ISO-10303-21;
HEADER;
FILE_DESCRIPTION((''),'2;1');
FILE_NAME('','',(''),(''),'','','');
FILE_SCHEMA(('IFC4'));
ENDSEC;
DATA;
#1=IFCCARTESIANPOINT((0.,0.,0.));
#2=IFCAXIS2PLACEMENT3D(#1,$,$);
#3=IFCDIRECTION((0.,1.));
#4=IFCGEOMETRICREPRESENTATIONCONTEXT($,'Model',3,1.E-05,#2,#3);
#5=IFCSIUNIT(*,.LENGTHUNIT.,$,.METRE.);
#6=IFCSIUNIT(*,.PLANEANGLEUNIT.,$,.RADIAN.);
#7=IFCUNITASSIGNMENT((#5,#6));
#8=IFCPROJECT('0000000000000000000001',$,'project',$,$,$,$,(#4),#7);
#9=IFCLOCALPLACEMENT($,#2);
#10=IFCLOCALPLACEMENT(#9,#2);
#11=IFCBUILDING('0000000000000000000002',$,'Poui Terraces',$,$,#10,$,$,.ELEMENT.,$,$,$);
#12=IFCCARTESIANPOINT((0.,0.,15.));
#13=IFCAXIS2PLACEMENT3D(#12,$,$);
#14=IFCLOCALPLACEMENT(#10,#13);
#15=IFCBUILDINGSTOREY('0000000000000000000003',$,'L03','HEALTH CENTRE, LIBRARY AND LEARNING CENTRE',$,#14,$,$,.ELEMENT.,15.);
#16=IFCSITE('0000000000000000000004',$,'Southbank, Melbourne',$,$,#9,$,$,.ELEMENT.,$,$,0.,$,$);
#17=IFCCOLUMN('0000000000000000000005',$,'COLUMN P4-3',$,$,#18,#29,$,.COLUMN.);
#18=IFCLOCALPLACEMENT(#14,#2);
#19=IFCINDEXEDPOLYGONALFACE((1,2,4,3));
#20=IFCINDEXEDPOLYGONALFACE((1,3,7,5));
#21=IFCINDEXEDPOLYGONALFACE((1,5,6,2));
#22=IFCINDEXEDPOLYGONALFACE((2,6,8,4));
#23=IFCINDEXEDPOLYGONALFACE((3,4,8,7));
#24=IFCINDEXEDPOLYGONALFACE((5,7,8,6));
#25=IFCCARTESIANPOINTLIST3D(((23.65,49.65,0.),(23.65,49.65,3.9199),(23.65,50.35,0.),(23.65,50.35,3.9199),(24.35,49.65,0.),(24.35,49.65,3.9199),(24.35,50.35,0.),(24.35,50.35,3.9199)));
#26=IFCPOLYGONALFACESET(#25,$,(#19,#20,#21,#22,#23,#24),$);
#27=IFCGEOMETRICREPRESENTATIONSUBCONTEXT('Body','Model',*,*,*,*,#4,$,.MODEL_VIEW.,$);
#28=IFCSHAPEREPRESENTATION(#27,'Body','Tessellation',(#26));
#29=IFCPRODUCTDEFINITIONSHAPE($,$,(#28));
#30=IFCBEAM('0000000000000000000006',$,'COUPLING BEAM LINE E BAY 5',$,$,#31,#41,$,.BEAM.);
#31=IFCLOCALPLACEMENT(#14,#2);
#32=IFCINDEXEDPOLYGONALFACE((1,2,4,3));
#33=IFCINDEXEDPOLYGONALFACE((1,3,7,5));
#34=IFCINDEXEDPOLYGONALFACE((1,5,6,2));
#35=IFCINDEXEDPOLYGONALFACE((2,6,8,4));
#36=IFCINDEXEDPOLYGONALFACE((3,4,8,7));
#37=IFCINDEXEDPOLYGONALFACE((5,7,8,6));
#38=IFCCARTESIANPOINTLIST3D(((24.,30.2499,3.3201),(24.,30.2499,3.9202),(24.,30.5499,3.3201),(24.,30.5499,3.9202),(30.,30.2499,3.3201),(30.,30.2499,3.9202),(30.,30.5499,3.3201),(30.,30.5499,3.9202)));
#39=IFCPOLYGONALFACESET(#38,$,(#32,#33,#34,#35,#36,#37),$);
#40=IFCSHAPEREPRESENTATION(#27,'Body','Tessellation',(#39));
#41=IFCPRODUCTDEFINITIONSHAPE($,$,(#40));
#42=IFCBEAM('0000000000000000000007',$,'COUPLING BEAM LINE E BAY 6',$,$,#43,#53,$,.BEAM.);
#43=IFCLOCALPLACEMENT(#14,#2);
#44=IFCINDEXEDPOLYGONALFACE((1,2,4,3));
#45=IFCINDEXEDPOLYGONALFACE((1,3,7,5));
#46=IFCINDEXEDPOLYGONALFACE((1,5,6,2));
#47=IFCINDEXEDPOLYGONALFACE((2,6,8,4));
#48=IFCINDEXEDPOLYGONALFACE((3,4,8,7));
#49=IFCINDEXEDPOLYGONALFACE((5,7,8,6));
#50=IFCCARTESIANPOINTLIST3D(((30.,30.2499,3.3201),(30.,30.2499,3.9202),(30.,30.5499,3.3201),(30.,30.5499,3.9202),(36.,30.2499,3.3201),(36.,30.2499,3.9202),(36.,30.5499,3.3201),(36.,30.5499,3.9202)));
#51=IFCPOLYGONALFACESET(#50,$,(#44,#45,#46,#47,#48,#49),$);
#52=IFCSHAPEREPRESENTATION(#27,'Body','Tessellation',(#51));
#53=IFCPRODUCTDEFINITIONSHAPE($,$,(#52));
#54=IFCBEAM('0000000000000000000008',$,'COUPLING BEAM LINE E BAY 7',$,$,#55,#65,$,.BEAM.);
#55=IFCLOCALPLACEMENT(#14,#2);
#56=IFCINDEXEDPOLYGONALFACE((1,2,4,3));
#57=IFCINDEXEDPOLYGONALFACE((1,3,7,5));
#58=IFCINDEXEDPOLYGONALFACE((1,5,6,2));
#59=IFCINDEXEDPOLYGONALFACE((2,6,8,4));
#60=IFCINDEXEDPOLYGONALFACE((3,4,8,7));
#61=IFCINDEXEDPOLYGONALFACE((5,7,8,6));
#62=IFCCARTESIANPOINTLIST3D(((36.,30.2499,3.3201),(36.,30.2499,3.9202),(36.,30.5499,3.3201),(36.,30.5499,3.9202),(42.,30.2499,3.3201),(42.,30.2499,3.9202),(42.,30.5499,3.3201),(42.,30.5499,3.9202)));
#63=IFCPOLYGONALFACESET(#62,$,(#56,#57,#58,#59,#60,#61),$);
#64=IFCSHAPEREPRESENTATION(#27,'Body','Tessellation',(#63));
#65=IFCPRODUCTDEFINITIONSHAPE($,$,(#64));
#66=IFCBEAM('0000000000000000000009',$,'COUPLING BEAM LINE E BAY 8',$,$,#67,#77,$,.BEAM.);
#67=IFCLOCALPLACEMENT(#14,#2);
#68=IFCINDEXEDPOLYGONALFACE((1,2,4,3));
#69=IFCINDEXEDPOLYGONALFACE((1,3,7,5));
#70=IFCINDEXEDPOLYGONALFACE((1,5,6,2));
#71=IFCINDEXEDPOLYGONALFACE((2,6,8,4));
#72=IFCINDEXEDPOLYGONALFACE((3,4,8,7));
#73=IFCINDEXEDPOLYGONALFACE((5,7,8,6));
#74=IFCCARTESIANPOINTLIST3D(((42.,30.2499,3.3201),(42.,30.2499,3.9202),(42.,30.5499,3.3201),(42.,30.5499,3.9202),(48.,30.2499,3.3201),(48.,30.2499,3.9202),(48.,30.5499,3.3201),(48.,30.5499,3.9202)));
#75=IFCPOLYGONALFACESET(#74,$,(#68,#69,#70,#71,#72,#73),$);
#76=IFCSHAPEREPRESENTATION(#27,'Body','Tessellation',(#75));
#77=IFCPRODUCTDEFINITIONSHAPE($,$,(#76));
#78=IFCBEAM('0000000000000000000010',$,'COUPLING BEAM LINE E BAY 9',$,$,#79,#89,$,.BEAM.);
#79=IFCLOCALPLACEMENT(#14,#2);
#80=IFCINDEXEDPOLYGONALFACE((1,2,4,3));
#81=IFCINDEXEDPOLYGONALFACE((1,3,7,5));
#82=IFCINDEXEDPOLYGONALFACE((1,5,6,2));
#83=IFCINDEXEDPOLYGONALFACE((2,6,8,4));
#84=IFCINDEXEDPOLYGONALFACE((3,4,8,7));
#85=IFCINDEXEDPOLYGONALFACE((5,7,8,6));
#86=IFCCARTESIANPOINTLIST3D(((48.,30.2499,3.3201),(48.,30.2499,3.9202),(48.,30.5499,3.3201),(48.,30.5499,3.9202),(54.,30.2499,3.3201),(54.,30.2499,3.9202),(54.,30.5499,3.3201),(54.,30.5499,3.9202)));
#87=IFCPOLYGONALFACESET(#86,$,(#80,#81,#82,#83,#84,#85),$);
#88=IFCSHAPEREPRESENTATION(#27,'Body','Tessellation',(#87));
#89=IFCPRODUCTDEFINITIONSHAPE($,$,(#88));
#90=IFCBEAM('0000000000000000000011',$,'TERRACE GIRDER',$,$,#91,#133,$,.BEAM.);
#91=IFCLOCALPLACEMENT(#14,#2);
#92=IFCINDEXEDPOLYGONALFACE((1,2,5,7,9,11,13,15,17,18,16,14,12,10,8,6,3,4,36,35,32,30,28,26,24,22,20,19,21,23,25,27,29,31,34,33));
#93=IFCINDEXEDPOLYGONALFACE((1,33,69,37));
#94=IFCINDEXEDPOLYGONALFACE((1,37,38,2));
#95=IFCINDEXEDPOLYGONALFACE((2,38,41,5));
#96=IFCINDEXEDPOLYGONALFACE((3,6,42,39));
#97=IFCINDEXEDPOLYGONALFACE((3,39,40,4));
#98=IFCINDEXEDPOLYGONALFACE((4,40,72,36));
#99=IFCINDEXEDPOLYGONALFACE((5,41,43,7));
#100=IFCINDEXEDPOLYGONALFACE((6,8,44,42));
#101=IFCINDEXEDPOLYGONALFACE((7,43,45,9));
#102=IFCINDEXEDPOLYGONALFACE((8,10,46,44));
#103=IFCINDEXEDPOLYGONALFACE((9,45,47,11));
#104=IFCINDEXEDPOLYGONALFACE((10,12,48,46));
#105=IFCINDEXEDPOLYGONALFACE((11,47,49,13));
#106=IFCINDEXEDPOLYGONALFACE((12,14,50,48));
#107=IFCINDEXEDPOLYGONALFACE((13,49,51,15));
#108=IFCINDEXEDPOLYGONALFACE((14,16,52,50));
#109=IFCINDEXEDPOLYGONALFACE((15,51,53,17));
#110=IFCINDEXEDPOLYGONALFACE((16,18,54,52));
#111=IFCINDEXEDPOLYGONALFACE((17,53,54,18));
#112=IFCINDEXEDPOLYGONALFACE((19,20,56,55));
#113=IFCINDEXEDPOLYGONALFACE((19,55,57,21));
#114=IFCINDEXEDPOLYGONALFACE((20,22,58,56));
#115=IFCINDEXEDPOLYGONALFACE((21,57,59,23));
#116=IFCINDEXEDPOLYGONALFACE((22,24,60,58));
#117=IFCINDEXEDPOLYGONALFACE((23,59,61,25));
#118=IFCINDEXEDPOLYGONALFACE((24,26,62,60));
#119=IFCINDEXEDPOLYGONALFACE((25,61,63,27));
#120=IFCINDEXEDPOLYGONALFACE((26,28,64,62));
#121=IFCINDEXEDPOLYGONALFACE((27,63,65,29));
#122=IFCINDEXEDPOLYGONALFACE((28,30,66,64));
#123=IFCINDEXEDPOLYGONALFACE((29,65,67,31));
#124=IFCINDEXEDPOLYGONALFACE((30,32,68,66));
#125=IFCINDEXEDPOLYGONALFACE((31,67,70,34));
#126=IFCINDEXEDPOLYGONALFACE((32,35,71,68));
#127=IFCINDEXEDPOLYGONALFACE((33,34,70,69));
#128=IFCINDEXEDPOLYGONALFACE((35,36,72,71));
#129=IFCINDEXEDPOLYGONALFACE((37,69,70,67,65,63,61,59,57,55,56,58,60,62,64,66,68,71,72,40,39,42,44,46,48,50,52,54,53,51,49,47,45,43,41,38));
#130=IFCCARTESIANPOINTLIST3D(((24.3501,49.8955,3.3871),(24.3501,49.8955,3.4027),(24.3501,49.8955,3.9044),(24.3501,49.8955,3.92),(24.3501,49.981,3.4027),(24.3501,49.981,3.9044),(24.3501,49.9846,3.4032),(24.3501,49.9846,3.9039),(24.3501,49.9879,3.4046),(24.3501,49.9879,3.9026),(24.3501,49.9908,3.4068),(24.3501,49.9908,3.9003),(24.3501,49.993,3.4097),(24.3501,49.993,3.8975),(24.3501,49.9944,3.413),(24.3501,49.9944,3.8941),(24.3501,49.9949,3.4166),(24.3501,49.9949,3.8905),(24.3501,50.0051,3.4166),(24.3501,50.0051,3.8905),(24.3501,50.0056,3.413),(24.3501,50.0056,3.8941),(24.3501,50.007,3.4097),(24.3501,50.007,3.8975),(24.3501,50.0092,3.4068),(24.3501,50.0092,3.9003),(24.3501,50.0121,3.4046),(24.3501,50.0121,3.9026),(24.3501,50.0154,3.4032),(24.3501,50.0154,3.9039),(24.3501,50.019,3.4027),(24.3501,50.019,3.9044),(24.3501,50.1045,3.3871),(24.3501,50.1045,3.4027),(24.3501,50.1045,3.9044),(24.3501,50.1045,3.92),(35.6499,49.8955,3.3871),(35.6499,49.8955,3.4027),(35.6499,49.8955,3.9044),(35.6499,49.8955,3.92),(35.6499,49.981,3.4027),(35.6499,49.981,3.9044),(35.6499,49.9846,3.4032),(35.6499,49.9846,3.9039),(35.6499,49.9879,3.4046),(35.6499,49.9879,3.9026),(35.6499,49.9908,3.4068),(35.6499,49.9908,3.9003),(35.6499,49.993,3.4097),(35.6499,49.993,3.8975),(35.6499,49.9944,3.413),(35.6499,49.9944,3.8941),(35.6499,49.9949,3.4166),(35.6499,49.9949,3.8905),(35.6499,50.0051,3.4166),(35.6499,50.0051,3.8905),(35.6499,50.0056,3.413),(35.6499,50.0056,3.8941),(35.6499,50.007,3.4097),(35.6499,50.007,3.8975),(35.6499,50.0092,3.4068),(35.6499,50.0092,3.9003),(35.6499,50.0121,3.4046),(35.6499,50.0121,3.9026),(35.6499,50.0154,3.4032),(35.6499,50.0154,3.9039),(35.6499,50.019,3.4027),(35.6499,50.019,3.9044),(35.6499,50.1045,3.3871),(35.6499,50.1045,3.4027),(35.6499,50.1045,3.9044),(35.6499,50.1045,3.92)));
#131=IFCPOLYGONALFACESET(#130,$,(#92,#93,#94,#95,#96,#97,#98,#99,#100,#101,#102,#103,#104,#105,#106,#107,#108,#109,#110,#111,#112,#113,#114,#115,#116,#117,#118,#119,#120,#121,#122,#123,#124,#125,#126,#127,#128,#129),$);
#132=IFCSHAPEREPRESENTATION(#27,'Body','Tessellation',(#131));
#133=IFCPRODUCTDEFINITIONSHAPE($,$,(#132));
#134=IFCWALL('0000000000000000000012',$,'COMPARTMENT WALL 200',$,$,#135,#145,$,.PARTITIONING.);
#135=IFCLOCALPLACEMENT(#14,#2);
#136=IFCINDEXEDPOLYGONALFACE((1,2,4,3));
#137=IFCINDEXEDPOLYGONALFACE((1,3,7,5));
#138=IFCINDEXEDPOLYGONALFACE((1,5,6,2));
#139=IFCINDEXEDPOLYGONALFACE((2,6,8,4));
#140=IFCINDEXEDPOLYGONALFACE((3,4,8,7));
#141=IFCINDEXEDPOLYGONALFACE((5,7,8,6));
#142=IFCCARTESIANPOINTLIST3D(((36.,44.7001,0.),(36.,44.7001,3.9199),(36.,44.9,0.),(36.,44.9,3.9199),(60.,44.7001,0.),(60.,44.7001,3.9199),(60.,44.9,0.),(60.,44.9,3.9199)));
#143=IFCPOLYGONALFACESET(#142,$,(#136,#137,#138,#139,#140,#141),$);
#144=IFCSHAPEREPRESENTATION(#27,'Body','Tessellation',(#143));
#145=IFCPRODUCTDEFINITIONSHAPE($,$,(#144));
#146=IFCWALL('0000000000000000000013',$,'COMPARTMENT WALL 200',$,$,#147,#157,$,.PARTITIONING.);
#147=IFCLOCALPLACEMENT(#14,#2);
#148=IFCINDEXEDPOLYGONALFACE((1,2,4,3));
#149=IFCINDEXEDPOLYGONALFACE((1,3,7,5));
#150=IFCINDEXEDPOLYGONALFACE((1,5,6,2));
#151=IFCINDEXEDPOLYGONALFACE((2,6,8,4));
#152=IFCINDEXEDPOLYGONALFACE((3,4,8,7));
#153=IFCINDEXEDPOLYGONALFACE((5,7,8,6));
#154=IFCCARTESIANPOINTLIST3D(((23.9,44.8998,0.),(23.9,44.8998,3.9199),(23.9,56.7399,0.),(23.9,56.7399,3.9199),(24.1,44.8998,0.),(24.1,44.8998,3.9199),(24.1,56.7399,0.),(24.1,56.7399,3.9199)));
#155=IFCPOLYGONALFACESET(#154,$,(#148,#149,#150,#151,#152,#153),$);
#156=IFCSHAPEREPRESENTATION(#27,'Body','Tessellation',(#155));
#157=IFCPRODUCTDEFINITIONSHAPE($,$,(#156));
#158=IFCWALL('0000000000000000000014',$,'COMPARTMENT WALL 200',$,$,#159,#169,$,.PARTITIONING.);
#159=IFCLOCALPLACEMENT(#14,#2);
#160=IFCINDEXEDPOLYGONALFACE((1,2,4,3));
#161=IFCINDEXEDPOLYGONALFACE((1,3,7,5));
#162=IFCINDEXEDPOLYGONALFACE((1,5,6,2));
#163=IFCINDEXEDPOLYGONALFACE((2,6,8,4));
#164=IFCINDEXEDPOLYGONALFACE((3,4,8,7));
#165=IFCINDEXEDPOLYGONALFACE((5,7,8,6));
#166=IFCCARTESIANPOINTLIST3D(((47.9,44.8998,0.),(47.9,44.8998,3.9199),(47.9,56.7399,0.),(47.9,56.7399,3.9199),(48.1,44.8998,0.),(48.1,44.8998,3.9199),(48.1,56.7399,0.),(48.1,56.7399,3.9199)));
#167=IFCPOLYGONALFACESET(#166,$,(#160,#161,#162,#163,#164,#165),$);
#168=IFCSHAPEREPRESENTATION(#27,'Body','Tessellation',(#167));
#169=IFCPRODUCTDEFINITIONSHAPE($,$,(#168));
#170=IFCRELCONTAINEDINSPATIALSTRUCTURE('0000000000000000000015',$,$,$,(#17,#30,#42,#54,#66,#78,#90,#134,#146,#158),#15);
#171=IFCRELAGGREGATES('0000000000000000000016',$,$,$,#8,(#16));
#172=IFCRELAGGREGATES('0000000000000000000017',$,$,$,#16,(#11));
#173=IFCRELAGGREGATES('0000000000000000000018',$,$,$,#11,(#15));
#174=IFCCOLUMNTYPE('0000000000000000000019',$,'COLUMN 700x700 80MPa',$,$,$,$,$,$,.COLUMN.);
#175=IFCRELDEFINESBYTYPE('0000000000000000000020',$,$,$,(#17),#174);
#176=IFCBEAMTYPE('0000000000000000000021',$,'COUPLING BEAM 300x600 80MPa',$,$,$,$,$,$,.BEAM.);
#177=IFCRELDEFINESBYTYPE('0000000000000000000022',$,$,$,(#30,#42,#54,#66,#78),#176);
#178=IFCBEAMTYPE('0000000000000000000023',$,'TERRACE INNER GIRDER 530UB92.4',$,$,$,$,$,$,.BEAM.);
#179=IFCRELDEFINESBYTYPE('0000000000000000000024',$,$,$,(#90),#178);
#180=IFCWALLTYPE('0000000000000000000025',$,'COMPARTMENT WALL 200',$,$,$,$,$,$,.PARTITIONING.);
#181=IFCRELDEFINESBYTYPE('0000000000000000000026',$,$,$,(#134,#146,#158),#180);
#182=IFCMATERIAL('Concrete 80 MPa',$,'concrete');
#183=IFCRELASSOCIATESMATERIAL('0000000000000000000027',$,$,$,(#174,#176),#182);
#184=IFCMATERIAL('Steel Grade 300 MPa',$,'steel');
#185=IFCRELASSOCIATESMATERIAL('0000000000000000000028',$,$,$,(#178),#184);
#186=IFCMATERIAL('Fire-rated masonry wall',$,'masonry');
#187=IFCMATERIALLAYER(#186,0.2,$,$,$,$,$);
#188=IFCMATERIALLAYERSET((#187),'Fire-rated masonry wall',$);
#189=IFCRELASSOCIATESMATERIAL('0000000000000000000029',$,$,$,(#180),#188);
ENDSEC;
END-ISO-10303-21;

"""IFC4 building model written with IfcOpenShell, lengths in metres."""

from ifc_helpers import new_model, si_unit, direction, frame, frame_2d, origin, origin_2d, place, context, subcontext, project, spatial, rectangle, i_section, extrude, source, transform, mapped, material, layer, layer_set, material_profile, profile_set, type_object, element, save


model = new_model("IFC4")

# Units and contexts
model_context = context("Model", 3, precision=1e-05, world=origin(), true_north=direction((0.0, 1.0)))
body_context = subcontext(model_context, "Body", "Model", "MODEL_VIEW")
ifc_project = project(units=[si_unit("LENGTHUNIT", "METRE"), si_unit("PLANEANGLEUNIT", "RADIAN")], contexts=[model_context])

# Site, building, storey
site_placement = place(None, origin())
site = spatial("IfcSite", under=ifc_project, at=site_placement, Name="Southbank, Melbourne", CompositionType="ELEMENT", RefElevation=0.0)
building_placement = place(site_placement, origin())
building = spatial("IfcBuilding", under=site, at=building_placement, Name="Poui Terraces", CompositionType="ELEMENT")
storey_placement = place(building_placement, frame((0.0, 0.0, 15.0)))
storey = spatial("IfcBuildingStorey", under=building, at=storey_placement, Name="L03", Description="HEALTH CENTRE, LIBRARY AND LEARNING CENTRE", CompositionType="ELEMENT", Elevation=15.0)

# Column
ifc_material_1 = material(Name="Concrete 80 MPa", Category="concrete")
ifc_material_profile_1 = material_profile(ifc_material_1, rectangle(XDim=0.7, YDim=0.7, at=origin_2d()), Name="RC 700x700")
ifc_profile_set_1 = profile_set([ifc_material_profile_1], Name="Concrete 80 MPa")
column_type = type_object("IfcColumnType", Name="COLUMN 700x700 80MPa", PredefinedType="COLUMN", material=ifc_profile_set_1)
shared_shape_1 = source(origin(), body_context, "Body", "SweptSolid", [
    extrude(rectangle(XDim=0.7, YDim=0.7, at=origin_2d()), origin(), (0.0, 0.0, 1.0), 3.9199),
])
column_placement = place(storey_placement, frame((24.0, 50.0, 0.0), z_axis=(0.0, 0.0, 1.0), x_axis=(1.0, 0.0, 0.0)))
element("IfcColumn", 1, at=column_placement, inside=storey, type_object=column_type, Name="COLUMN P4-3", PredefinedType="COLUMN", context=body_context, shape_type="MappedRepresentation", body=[
    mapped(shared_shape_1, transform((0.0, 0.0, 0.0))),
])

# Beams
ifc_material_profile_2 = material_profile(ifc_material_1, rectangle(XDim=0.3, YDim=0.6001, at=origin_2d()), Name="RC 300x600")
ifc_profile_set_2 = profile_set([ifc_material_profile_2], Name="Concrete 80 MPa")
beam_type_1 = type_object("IfcBeamType", Name="COUPLING BEAM 300x600 80MPa", PredefinedType="BEAM", material=ifc_profile_set_2)
shared_shape_2 = source(origin(), body_context, "Body", "SweptSolid", [
    extrude(rectangle(XDim=0.3, YDim=0.6001, at=origin_2d()), origin(), (0.0, 0.0, 1.0), 6.0),
])
for number, where, z_axis, x_axis, name in (
    (2, (24.0, 30.3999, 3.6201), (1.0, 0.0, 0.0), (0.0, 1.0, 0.0), "COUPLING BEAM LINE E BAY 5"),
    (3, (30.0, 30.3999, 3.6201), (1.0, 0.0, 0.0), (0.0, 1.0, 0.0), "COUPLING BEAM LINE E BAY 6"),
    (4, (36.0, 30.3999, 3.6201), (1.0, 0.0, 0.0), (0.0, 1.0, 0.0), "COUPLING BEAM LINE E BAY 7"),
    (5, (42.0, 30.3999, 3.6201), (1.0, 0.0, 0.0), (0.0, 1.0, 0.0), "COUPLING BEAM LINE E BAY 8"),
    (6, (48.0, 30.3999, 3.6201), (1.0, 0.0, 0.0), (0.0, 1.0, 0.0), "COUPLING BEAM LINE E BAY 9"),
):
    element("IfcBeam", number, at=place(storey_placement, frame(where, z_axis=z_axis, x_axis=x_axis)), inside=storey, type_object=beam_type_1, Name=name, PredefinedType="BEAM", context=body_context, shape_type="MappedRepresentation", body=[
        mapped(shared_shape_2, transform((0.0, 0.0, 0.0))),
    ])
ifc_material_2 = material(Name="Steel Grade 300 MPa", Category="steel")
ifc_material_profile_3 = material_profile(ifc_material_2, i_section(OverallWidth=0.209, OverallDepth=0.533, WebThickness=0.0103, FlangeThickness=0.0156, FilletRadius=0.0139, at=origin_2d()), Name="530UB92.4")
ifc_profile_set_3 = profile_set([ifc_material_profile_3], Name="Steel Grade 300 MPa")
beam_type_2 = type_object("IfcBeamType", Name="TERRACE INNER GIRDER 530UB92.4", PredefinedType="BEAM", material=ifc_profile_set_3)
shared_shape_3 = source(origin(), body_context, "Body", "SweptSolid", [
    extrude(i_section(OverallWidth=0.209, OverallDepth=0.533, WebThickness=0.0103, FlangeThickness=0.0156, FilletRadius=0.0139, at=origin_2d()), origin(), (0.0, 0.0, 1.0), 11.2998),
])
beam_placement = place(storey_placement, frame((24.3501, 50.0, 3.6536), z_axis=(1.0, 0.0, 0.0), x_axis=(0.0, 1.0, 0.0)))
element("IfcBeam", 7, at=beam_placement, inside=storey, type_object=beam_type_2, Name="TERRACE GIRDER", PredefinedType="BEAM", context=body_context, shape_type="MappedRepresentation", body=[
    mapped(shared_shape_3, transform((0.0, 0.0, 0.0))),
])

# Walls
ifc_material_3 = material(Name="Fire-rated masonry wall", Category="masonry")
ifc_layer_1 = layer(ifc_material_3, 0.2)
ifc_layer_set_1 = layer_set([ifc_layer_1], Name="Fire-rated masonry wall")
wall_type_1 = type_object("IfcWallType", Name="COMPARTMENT WALL 200", PredefinedType="PARTITIONING", material=ifc_layer_set_1)
wall_1_placement = place(storey_placement, frame((36.0, 44.8, 0.0), z_axis=(0.0, 0.0, 1.0), x_axis=(1.0, 0.0, 0.0)))
element("IfcWall", 8, at=wall_1_placement, inside=storey, type_object=wall_type_1, Name="COMPARTMENT WALL 200", PredefinedType="PARTITIONING", context=body_context, shape_type="SweptSolid", body=[
    extrude(rectangle(XDim=24.0, YDim=0.2, at=frame_2d((12.0, 0.0))), origin(), (0.0, 0.0, 1.0), 3.9199),
])
for number, where, z_axis, x_axis, name in (
    (9, (24.0, 44.8999, 0.0), (0.0, 0.0, 1.0), (0.0, 1.0, 0.0), "COMPARTMENT WALL 200"),
    (10, (48.0, 44.8999, 0.0), (0.0, 0.0, 1.0), (0.0, 1.0, 0.0), "COMPARTMENT WALL 200"),
):
    element("IfcWall", number, at=place(storey_placement, frame(where, z_axis=z_axis, x_axis=x_axis)), inside=storey, type_object=wall_type_1, Name=name, PredefinedType="PARTITIONING", context=body_context, shape_type="SweptSolid", body=[
        extrude(rectangle(XDim=11.8401, YDim=0.2, at=frame_2d((5.9199, 0.0))), origin(), (0.0, 0.0, 1.0), 3.9199),
    ])

save(model, "model.ifc")
